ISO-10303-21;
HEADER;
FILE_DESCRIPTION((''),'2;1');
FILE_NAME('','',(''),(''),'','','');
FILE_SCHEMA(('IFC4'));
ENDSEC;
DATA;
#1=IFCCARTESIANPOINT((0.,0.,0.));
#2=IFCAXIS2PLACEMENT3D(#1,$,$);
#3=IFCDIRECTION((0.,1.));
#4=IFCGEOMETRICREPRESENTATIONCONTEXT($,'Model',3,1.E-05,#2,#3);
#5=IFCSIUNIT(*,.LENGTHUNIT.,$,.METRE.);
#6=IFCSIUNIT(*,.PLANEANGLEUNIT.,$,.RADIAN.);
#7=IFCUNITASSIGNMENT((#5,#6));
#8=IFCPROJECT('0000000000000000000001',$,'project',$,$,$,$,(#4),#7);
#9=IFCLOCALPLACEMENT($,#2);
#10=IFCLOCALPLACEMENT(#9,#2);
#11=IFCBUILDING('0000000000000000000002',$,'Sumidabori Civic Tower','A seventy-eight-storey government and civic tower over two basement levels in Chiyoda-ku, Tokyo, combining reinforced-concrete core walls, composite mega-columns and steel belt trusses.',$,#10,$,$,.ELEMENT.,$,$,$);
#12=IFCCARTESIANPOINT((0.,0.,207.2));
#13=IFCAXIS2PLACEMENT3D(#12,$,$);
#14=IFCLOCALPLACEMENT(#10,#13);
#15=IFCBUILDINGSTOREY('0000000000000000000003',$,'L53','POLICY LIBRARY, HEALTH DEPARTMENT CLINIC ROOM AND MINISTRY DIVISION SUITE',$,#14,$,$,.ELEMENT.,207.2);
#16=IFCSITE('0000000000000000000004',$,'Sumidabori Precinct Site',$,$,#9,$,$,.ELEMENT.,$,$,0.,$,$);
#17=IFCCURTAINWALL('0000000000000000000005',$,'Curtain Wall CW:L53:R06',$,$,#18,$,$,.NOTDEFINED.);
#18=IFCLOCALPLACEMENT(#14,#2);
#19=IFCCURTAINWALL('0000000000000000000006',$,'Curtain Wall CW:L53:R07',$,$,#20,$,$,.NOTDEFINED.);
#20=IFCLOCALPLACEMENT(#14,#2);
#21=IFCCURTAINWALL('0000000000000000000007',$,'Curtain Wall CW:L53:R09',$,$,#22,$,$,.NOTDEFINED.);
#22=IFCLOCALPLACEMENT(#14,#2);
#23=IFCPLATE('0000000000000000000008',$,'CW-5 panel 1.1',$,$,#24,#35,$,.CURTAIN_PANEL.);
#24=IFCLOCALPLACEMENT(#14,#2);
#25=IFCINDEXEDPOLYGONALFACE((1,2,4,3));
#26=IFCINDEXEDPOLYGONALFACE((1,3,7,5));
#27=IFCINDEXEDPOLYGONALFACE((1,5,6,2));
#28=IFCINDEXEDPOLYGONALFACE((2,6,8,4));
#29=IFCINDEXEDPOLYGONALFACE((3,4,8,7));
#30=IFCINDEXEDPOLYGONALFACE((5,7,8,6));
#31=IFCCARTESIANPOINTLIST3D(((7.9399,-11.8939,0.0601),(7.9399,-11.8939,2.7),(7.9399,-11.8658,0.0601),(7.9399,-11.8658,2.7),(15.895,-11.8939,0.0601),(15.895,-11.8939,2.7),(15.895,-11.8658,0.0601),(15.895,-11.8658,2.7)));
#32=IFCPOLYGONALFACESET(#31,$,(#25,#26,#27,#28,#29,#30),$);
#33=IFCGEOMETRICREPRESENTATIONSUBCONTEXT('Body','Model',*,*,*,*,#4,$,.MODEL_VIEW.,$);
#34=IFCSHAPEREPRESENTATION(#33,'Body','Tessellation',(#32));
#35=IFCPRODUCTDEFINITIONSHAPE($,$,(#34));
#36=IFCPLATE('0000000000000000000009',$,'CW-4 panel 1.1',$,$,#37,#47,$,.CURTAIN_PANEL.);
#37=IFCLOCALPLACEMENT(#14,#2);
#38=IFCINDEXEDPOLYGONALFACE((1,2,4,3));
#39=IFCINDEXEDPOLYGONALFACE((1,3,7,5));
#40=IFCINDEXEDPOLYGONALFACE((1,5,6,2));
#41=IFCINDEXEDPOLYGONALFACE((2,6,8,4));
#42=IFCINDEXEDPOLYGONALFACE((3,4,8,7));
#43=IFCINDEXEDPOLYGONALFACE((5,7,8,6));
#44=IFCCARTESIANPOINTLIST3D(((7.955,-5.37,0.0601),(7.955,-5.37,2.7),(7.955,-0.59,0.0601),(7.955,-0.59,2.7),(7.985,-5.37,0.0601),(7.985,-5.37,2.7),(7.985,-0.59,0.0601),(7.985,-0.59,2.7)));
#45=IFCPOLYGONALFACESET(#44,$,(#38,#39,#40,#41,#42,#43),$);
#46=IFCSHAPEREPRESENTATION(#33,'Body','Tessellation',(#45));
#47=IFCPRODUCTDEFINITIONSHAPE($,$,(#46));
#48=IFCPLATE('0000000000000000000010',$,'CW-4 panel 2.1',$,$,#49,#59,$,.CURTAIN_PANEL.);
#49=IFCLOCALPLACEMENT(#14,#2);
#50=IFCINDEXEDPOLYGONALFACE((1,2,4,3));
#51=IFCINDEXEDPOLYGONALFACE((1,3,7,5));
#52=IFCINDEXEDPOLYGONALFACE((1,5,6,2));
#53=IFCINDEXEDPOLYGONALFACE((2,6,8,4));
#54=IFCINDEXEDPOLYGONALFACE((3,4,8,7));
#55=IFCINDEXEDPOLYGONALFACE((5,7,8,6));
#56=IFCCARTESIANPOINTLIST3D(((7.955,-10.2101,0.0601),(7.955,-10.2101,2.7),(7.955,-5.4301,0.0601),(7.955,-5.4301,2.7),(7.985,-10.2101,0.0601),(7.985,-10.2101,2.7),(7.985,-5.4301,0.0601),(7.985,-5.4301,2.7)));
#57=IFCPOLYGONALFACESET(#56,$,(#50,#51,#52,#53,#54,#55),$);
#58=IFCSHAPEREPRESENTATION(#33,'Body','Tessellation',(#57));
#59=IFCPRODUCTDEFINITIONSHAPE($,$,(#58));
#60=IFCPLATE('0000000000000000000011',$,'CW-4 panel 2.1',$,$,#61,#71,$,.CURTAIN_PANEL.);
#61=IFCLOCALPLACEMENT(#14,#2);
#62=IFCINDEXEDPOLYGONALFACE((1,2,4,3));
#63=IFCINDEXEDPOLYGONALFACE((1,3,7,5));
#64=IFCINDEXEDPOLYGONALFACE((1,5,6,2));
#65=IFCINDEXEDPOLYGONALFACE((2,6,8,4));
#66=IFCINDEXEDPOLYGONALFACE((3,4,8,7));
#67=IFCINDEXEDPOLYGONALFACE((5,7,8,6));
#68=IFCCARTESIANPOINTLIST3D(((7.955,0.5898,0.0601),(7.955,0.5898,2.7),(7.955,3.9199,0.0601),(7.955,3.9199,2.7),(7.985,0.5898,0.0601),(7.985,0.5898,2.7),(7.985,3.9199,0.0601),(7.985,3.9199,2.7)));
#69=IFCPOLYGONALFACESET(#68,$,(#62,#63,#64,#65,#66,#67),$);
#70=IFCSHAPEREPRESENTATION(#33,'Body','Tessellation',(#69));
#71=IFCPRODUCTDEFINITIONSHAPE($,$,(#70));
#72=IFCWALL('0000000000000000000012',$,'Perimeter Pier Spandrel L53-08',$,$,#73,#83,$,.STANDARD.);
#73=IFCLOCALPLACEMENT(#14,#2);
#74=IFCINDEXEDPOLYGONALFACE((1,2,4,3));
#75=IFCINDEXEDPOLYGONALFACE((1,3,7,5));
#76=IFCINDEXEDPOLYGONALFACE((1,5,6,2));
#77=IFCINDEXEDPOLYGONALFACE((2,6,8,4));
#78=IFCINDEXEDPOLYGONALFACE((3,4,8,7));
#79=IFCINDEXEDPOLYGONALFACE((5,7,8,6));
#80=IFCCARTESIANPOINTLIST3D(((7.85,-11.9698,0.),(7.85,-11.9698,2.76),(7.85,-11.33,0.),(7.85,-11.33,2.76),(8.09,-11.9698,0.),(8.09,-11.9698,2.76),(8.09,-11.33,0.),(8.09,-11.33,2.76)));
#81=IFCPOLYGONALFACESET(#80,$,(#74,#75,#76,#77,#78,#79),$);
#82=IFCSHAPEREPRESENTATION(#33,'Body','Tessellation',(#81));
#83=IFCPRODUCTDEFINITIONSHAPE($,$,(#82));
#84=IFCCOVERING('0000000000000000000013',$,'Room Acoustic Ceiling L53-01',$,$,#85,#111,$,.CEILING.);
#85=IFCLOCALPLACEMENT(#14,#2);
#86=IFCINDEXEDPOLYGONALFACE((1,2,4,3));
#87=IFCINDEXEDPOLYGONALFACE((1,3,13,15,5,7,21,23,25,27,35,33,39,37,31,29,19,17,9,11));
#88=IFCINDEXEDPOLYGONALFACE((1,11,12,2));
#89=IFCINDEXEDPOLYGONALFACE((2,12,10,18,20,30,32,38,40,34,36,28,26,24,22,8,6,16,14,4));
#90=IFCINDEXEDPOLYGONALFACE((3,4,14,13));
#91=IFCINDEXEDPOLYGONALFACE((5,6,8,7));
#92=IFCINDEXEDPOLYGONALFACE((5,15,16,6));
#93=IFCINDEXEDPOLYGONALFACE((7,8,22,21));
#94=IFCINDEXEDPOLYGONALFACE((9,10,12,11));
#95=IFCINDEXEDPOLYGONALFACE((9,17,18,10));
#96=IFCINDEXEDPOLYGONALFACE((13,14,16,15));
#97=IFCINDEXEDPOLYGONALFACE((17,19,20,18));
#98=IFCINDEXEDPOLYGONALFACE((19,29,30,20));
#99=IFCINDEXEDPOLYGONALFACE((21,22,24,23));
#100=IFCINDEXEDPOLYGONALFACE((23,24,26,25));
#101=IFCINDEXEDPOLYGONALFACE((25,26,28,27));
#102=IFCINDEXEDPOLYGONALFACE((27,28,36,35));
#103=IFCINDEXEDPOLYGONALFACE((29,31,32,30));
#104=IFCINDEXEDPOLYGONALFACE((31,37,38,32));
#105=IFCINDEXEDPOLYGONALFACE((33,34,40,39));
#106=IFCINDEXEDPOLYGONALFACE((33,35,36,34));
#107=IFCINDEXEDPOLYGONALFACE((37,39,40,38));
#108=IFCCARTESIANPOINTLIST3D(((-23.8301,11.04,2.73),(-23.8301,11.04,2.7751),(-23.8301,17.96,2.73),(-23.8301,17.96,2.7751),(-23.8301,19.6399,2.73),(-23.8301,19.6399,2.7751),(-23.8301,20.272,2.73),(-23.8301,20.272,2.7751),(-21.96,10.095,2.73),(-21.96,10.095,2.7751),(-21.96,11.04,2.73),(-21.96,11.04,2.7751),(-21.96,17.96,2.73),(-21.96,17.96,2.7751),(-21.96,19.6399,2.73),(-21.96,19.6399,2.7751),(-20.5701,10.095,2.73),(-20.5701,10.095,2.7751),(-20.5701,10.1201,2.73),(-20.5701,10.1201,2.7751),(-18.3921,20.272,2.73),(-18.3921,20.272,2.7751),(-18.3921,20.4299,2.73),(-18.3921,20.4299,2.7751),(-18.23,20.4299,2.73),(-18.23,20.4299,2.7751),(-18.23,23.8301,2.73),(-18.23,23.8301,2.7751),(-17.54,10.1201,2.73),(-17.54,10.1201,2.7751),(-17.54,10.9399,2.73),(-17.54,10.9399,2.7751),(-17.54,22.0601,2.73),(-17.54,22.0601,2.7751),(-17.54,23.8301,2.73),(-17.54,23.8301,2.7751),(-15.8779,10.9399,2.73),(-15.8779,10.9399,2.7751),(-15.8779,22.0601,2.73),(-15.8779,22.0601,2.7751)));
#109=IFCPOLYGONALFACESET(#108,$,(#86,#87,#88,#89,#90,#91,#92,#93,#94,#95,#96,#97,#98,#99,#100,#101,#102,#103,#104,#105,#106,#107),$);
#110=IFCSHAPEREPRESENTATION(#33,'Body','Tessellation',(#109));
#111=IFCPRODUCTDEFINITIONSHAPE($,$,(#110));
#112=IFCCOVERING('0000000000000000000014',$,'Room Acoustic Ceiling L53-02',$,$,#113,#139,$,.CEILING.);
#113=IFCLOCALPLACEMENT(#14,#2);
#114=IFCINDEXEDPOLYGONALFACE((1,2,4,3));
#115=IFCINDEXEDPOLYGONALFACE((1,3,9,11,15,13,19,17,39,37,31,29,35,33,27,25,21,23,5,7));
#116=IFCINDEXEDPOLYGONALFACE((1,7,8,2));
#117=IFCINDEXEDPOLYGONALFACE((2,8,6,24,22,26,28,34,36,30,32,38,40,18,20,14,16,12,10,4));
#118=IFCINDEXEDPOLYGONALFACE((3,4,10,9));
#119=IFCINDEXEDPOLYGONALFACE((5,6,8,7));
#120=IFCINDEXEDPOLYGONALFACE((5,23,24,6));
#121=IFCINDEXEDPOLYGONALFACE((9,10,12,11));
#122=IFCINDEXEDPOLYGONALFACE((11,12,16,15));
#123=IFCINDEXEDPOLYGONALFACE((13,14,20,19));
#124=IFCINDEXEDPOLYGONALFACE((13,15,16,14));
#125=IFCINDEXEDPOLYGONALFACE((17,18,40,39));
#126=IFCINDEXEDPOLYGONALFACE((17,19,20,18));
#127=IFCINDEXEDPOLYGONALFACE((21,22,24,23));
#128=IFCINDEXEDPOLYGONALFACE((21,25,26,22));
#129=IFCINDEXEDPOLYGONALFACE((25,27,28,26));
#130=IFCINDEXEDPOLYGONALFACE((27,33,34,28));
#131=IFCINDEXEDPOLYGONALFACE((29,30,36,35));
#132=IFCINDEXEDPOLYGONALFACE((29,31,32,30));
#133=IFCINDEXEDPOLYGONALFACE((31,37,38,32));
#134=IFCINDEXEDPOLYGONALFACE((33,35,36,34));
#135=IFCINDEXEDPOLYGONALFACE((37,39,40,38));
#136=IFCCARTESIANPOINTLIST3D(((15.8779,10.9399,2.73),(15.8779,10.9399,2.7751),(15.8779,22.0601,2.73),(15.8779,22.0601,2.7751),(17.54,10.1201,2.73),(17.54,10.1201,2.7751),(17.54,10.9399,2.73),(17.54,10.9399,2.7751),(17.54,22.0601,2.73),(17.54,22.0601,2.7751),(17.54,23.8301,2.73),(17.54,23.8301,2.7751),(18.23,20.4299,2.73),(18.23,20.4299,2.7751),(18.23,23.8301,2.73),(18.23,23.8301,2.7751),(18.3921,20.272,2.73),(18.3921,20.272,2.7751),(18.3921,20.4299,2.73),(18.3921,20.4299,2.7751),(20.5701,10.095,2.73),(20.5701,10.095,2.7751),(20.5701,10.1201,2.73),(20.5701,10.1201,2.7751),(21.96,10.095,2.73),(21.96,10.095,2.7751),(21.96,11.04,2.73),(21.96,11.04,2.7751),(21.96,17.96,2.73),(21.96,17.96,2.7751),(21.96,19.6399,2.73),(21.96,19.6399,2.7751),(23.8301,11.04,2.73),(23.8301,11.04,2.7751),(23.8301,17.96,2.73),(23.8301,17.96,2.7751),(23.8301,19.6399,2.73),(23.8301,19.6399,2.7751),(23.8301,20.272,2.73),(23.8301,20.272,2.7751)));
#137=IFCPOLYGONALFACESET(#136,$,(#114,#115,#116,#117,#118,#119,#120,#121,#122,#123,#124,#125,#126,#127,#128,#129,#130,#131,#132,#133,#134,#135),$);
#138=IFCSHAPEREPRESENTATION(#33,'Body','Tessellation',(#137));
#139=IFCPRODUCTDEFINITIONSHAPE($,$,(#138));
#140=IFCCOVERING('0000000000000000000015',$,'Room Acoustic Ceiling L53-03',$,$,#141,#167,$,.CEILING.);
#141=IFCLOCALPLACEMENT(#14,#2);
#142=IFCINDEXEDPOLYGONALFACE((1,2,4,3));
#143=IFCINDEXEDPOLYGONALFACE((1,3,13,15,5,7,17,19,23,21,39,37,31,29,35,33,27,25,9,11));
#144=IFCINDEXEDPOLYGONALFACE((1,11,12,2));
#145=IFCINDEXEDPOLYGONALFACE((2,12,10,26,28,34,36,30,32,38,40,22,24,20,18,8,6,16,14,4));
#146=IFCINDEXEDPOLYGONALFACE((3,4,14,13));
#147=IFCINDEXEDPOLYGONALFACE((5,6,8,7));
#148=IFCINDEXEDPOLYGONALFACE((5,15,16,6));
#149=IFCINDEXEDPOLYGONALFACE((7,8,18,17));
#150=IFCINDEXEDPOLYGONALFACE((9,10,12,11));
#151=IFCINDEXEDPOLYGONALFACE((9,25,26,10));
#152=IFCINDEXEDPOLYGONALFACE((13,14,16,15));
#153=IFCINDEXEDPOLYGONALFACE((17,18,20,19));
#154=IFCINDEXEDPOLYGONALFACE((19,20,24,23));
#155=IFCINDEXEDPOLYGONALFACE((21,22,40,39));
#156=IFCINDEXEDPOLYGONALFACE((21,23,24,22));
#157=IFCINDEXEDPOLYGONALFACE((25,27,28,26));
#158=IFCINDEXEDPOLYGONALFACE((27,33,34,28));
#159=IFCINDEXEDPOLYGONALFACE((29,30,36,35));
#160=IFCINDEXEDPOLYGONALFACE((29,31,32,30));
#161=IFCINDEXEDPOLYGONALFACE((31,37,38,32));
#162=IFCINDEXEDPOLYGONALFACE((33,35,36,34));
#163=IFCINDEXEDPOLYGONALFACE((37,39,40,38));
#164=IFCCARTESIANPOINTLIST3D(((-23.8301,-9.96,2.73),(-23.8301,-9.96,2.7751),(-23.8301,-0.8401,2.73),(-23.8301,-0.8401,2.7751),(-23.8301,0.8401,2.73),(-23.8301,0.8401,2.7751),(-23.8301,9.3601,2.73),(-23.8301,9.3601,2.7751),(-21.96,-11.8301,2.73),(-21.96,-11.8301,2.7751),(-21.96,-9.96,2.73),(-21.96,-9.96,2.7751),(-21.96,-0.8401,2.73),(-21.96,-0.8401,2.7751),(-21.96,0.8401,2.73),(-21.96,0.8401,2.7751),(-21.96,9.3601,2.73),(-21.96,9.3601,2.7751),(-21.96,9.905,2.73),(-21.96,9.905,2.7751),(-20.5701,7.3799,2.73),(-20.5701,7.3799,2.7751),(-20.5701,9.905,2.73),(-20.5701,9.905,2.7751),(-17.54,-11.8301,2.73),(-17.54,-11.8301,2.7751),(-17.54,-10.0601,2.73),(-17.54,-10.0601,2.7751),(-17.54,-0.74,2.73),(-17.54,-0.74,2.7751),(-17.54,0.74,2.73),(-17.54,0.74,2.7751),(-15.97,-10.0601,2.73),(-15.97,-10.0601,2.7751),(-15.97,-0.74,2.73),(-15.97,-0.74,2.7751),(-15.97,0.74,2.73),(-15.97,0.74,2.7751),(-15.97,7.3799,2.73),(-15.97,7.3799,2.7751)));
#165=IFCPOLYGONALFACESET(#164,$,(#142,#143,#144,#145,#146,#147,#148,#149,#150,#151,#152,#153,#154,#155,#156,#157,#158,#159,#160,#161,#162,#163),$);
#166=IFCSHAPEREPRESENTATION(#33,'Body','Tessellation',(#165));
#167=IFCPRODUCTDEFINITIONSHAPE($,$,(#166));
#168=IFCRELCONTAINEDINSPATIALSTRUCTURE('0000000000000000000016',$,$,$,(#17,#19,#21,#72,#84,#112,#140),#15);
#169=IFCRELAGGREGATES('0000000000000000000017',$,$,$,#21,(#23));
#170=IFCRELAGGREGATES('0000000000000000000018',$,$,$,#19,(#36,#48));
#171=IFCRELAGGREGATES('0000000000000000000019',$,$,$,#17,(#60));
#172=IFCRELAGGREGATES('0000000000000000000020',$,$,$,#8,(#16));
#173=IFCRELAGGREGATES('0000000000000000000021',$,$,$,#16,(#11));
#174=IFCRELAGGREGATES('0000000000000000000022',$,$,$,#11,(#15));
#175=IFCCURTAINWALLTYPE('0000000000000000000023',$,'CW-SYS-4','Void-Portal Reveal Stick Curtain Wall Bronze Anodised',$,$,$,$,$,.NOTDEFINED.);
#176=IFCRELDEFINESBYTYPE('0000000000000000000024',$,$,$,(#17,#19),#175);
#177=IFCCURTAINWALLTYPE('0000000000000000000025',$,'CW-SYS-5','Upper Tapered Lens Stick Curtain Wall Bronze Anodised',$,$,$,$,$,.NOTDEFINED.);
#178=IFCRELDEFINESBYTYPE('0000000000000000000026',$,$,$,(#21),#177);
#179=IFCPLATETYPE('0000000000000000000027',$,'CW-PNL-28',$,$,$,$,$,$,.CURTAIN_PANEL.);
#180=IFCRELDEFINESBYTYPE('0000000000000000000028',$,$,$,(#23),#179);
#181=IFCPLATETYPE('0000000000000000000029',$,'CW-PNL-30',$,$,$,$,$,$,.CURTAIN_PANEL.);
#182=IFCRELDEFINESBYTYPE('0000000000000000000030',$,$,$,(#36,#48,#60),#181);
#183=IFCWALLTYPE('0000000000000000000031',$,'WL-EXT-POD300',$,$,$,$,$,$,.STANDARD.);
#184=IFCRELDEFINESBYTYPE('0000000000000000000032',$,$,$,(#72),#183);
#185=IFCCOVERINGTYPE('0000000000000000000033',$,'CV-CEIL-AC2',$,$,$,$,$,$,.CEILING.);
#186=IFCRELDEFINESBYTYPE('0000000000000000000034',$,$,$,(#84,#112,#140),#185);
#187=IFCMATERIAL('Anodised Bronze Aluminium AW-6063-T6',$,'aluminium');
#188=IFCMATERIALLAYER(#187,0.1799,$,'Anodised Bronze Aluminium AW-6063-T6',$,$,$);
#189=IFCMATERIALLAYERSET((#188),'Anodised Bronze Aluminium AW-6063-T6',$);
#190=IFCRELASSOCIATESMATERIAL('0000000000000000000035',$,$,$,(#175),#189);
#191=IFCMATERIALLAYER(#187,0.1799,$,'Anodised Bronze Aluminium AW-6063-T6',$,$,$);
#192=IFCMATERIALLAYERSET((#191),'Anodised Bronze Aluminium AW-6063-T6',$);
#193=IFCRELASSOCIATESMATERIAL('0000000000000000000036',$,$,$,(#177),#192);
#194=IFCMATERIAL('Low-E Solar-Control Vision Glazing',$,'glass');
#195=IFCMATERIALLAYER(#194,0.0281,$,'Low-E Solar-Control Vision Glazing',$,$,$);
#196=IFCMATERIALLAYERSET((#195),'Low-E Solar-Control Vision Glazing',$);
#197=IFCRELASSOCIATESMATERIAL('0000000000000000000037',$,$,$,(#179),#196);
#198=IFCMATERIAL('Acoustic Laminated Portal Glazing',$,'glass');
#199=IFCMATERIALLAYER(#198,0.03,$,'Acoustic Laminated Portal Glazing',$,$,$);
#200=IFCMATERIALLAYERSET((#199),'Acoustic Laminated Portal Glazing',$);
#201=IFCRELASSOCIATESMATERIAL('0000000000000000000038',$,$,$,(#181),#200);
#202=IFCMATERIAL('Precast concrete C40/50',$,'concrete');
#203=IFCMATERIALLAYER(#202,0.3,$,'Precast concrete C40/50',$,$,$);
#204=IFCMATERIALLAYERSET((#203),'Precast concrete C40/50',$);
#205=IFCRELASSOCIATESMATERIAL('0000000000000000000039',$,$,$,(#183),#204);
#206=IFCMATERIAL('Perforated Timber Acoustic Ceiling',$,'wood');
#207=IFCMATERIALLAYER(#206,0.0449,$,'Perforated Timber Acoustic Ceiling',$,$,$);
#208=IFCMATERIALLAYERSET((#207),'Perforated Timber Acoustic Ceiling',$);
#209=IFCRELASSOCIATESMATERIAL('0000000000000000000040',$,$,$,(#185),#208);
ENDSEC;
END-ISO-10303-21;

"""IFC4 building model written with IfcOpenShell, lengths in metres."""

from ifc_helpers import new_model, si_unit, direction, frame, frame_2d, origin, origin_2d, place, context, subcontext, project, spatial, polyline, rectangle, outline, extrude, source, transform, mapped, material, layer, layer_set, type_object, element, aggregate, save


model = new_model("IFC4")

# Units and contexts
model_context = context("Model", 3, precision=1e-05, world=origin(), true_north=direction((0.0, 1.0)))
body_context = subcontext(model_context, "Body", "Model", "MODEL_VIEW")
ifc_project = project(units=[si_unit("LENGTHUNIT", "METRE"), si_unit("PLANEANGLEUNIT", "RADIAN")], contexts=[model_context])

# Site, building, storey
site_placement = place(None, origin())
site = spatial("IfcSite", under=ifc_project, at=site_placement, Name="Sumidabori Precinct Site", CompositionType="ELEMENT", RefElevation=0.0)
building_placement = place(site_placement, origin())
building = spatial("IfcBuilding", under=site, at=building_placement, Name="Sumidabori Civic Tower", Description="A seventy-eight-storey government and civic tower over two basement levels in Chiyoda-ku, Tokyo, combining reinforced-concrete core walls, composite mega-columns and steel belt trusses.", CompositionType="ELEMENT")
storey_placement = place(building_placement, frame((0.0, 0.0, 207.2)))
storey = spatial("IfcBuildingStorey", under=building, at=storey_placement, Name="L53", Description="POLICY LIBRARY, HEALTH DEPARTMENT CLINIC ROOM AND MINISTRY DIVISION SUITE", CompositionType="ELEMENT", Elevation=207.2)

# Curtain walls
ifc_material_1 = material(Name="Anodised Bronze Aluminium AW-6063-T6", Category="aluminium")
ifc_layer_1 = layer(ifc_material_1, 0.1799, Name="Anodised Bronze Aluminium AW-6063-T6")
ifc_layer_set_1 = layer_set([ifc_layer_1], Name="Anodised Bronze Aluminium AW-6063-T6")
curtain_wall_type_1 = type_object("IfcCurtainWallType", Name="CW-SYS-4", Description="Void-Portal Reveal Stick Curtain Wall Bronze Anodised", PredefinedType="NOTDEFINED", material=ifc_layer_set_1)
curtain_wall_1_placement = place(storey_placement, origin())
curtain_wall_1 = element("IfcCurtainWall", 1, at=curtain_wall_1_placement, inside=storey, type_object=curtain_wall_type_1, Name="Curtain Wall CW:L53:R06", PredefinedType="NOTDEFINED")
curtain_wall_2_placement = place(storey_placement, origin())
curtain_wall_2 = element("IfcCurtainWall", 2, at=curtain_wall_2_placement, inside=storey, type_object=curtain_wall_type_1, Name="Curtain Wall CW:L53:R07", PredefinedType="NOTDEFINED")
ifc_layer_2 = layer(ifc_material_1, 0.1799, Name="Anodised Bronze Aluminium AW-6063-T6")
ifc_layer_set_2 = layer_set([ifc_layer_2], Name="Anodised Bronze Aluminium AW-6063-T6")
curtain_wall_type_2 = type_object("IfcCurtainWallType", Name="CW-SYS-5", Description="Upper Tapered Lens Stick Curtain Wall Bronze Anodised", PredefinedType="NOTDEFINED", material=ifc_layer_set_2)
curtain_wall_3_placement = place(storey_placement, origin())
curtain_wall_3 = element("IfcCurtainWall", 3, at=curtain_wall_3_placement, inside=storey, type_object=curtain_wall_type_2, Name="Curtain Wall CW:L53:R09", PredefinedType="NOTDEFINED")

# Plates
ifc_material_2 = material(Name="Low-E Solar-Control Vision Glazing", Category="glass")
ifc_layer_3 = layer(ifc_material_2, 0.0281, Name="Low-E Solar-Control Vision Glazing")
ifc_layer_set_3 = layer_set([ifc_layer_3], Name="Low-E Solar-Control Vision Glazing")
plate_type_1 = type_object("IfcPlateType", Name="CW-PNL-28", PredefinedType="CURTAIN_PANEL", material=ifc_layer_set_3)
shared_shape_1 = source(origin(), body_context, "Body", "SweptSolid", [
    extrude(rectangle(XDim=7.9551, YDim=0.0281, at=origin_2d()), origin(), (0.0, 0.0, 1.0), 2.6399),
])
plate_1_placement = place(storey_placement, frame((11.9175, -11.8799, 0.0601), z_axis=(0.0, 0.0, 1.0), x_axis=(1.0, 0.0, 0.0)))
plate_1 = element("IfcPlate", 4, at=plate_1_placement, type_object=plate_type_1, Name="CW-5 panel 1.1", PredefinedType="CURTAIN_PANEL", context=body_context, shape_type="MappedRepresentation", body=[
    mapped(shared_shape_1, transform((0.0, 0.0, 0.0), x_axis=(1.0, 0.0, 0.0), y_axis=(0.0, 1.0, 0.0), z_axis=(0.0, 0.0, 1.0), scale=1.0)),
])
aggregate(curtain_wall_3, [plate_1])
ifc_material_3 = material(Name="Acoustic Laminated Portal Glazing", Category="glass")
ifc_layer_4 = layer(ifc_material_3, 0.03, Name="Acoustic Laminated Portal Glazing")
ifc_layer_set_4 = layer_set([ifc_layer_4], Name="Acoustic Laminated Portal Glazing")
plate_type_2 = type_object("IfcPlateType", Name="CW-PNL-30", PredefinedType="CURTAIN_PANEL", material=ifc_layer_set_4)
shared_shape_2 = source(origin(), body_context, "Body", "SweptSolid", [
    extrude(rectangle(XDim=4.78, YDim=0.03, at=origin_2d()), origin(), (0.0, 0.0, 1.0), 2.6399),
])
plate_2_placement = place(storey_placement, frame((7.97, -2.98, 0.0601), z_axis=(0.0, 0.0, 1.0), x_axis=(0.0, -1.0, 0.0)))
plate_2 = element("IfcPlate", 5, at=plate_2_placement, type_object=plate_type_2, Name="CW-4 panel 1.1", PredefinedType="CURTAIN_PANEL", context=body_context, shape_type="MappedRepresentation", body=[
    mapped(shared_shape_2, transform((0.0, 0.0, 0.0), x_axis=(1.0, 0.0, 0.0), y_axis=(0.0, 1.0, 0.0), z_axis=(0.0, 0.0, 1.0), scale=1.0)),
])
plate_3_placement = place(storey_placement, frame((7.97, -7.8201, 0.0601), z_axis=(0.0, 0.0, 1.0), x_axis=(0.0, -1.0, 0.0)))
plate_3 = element("IfcPlate", 6, at=plate_3_placement, type_object=plate_type_2, Name="CW-4 panel 2.1", PredefinedType="CURTAIN_PANEL", context=body_context, shape_type="MappedRepresentation", body=[
    mapped(shared_shape_2, transform((0.0, 0.0, 0.0), x_axis=(1.0, 0.0, 0.0), y_axis=(0.0, 1.0, 0.0), z_axis=(0.0, 0.0, 1.0), scale=1.0)),
])
aggregate(curtain_wall_2, [plate_2, plate_3])
shared_shape_3 = source(origin(), body_context, "Body", "SweptSolid", [
    extrude(rectangle(XDim=3.3301, YDim=0.03, at=origin_2d()), origin(), (0.0, 0.0, 1.0), 2.6399),
])
plate_4_placement = place(storey_placement, frame((7.97, 2.2549, 0.0601), z_axis=(0.0, 0.0, 1.0), x_axis=(0.0, -1.0, 0.0)))
plate_4 = element("IfcPlate", 7, at=plate_4_placement, type_object=plate_type_2, Name="CW-4 panel 2.1", PredefinedType="CURTAIN_PANEL", context=body_context, shape_type="MappedRepresentation", body=[
    mapped(shared_shape_3, transform((0.0, 0.0, 0.0), x_axis=(1.0, 0.0, 0.0), y_axis=(0.0, 1.0, 0.0), z_axis=(0.0, 0.0, 1.0), scale=1.0)),
])
aggregate(curtain_wall_1, [plate_4])

# Wall
ifc_material_4 = material(Name="Precast concrete C40/50", Category="concrete")
ifc_layer_5 = layer(ifc_material_4, 0.3, Name="Precast concrete C40/50")
ifc_layer_set_5 = layer_set([ifc_layer_5], Name="Precast concrete C40/50")
wall_type = type_object("IfcWallType", Name="WL-EXT-POD300", PredefinedType="STANDARD", material=ifc_layer_set_5)
shared_shape_4 = source(origin(), body_context, "Body", "SweptSolid", [
    extrude(rectangle(XDim=0.6399, YDim=0.24, at=frame_2d((0.3198, 0.0))), origin(), (0.0, 0.0, 1.0), 2.76),
])
wall_placement = place(storey_placement, frame((7.97, -11.3301, 0.0), z_axis=(0.0, 0.0, 1.0), x_axis=(0.0, -1.0, 0.0)))
element("IfcWall", 8, at=wall_placement, inside=storey, type_object=wall_type, Name="Perimeter Pier Spandrel L53-08", PredefinedType="STANDARD", context=body_context, shape_type="MappedRepresentation", body=[
    mapped(shared_shape_4, transform((0.0, 0.0, 0.0), x_axis=(1.0, 0.0, 0.0), y_axis=(0.0, 1.0, 0.0), z_axis=(0.0, 0.0, 1.0), scale=1.0)),
])

# Coverings
ifc_material_5 = material(Name="Perforated Timber Acoustic Ceiling", Category="wood")
ifc_layer_6 = layer(ifc_material_5, 0.0449, Name="Perforated Timber Acoustic Ceiling")
ifc_layer_set_6 = layer_set([ifc_layer_6], Name="Perforated Timber Acoustic Ceiling")
covering_type_1 = type_object("IfcCoveringType", Name="CV-CEIL-AC2", PredefinedType="CEILING", material=ifc_layer_set_6)
covering_1_placement = place(storey_placement, frame((0.0, 0.0, 2.73)))
element("IfcCovering", 9, at=covering_1_placement, inside=storey, type_object=covering_type_1, Name="Room Acoustic Ceiling L53-01", PredefinedType="CEILING", context=body_context, shape_type="SweptSolid", body=[
    extrude(outline(polyline([(-23.8301, 17.96), (-21.96, 17.96), (-21.96, 19.6399), (-23.8301, 19.6399), (-23.8301, 20.272), (-18.3921, 20.272), (-18.3921, 20.4299), (-18.23, 20.4299), (-18.23, 23.8301), (-17.54, 23.8301), (-17.54, 22.0601), (-15.8779, 22.0601), (-15.8779, 10.9399), (-17.54, 10.9399), (-17.54, 10.1201), (-20.5701, 10.1201), (-20.5701, 10.095), (-21.96, 10.095), (-21.96, 11.04), (-23.8301, 11.04), (-23.8301, 17.96)])), origin(), (0.0, 0.0, 1.0), 0.0452),
])
covering_2_placement = place(storey_placement, frame((0.0, 0.0, 2.73)))
element("IfcCovering", 10, at=covering_2_placement, inside=storey, type_object=covering_type_1, Name="Room Acoustic Ceiling L53-02", PredefinedType="CEILING", context=body_context, shape_type="SweptSolid", body=[
    extrude(outline(polyline([(23.8301, 20.272), (23.8301, 19.6399), (21.96, 19.6399), (21.96, 17.96), (23.8301, 17.96), (23.8301, 11.04), (21.96, 11.04), (21.96, 10.095), (20.5701, 10.095), (20.5701, 10.1201), (17.54, 10.1201), (17.54, 10.9399), (15.8779, 10.9399), (15.8779, 22.0601), (17.54, 22.0601), (17.54, 23.8301), (18.23, 23.8301), (18.23, 20.4299), (18.3921, 20.4299), (18.3921, 20.272), (23.8301, 20.272)])), origin(), (0.0, 0.0, 1.0), 0.0452),
])
covering_3_placement = place(storey_placement, frame((0.0, 0.0, 2.73)))
element("IfcCovering", 11, at=covering_3_placement, inside=storey, type_object=covering_type_1, Name="Room Acoustic Ceiling L53-03", PredefinedType="CEILING", context=body_context, shape_type="SweptSolid", body=[
    extrude(outline(polyline([(-23.8301, -0.8401), (-21.96, -0.8401), (-21.96, 0.8401), (-23.8301, 0.8401), (-23.8301, 9.3601), (-21.96, 9.3601), (-21.96, 9.905), (-20.5701, 9.905), (-20.5701, 7.3799), (-15.97, 7.3799), (-15.97, 0.74), (-17.54, 0.74), (-17.54, -0.74), (-15.97, -0.74), (-15.97, -10.0601), (-17.54, -10.0601), (-17.54, -11.8301), (-21.96, -11.8301), (-21.96, -9.96), (-23.8301, -9.96), (-23.8301, -0.8401)])), origin(), (0.0, 0.0, 1.0), 0.0452),
])

save(model, "model.ifc")
